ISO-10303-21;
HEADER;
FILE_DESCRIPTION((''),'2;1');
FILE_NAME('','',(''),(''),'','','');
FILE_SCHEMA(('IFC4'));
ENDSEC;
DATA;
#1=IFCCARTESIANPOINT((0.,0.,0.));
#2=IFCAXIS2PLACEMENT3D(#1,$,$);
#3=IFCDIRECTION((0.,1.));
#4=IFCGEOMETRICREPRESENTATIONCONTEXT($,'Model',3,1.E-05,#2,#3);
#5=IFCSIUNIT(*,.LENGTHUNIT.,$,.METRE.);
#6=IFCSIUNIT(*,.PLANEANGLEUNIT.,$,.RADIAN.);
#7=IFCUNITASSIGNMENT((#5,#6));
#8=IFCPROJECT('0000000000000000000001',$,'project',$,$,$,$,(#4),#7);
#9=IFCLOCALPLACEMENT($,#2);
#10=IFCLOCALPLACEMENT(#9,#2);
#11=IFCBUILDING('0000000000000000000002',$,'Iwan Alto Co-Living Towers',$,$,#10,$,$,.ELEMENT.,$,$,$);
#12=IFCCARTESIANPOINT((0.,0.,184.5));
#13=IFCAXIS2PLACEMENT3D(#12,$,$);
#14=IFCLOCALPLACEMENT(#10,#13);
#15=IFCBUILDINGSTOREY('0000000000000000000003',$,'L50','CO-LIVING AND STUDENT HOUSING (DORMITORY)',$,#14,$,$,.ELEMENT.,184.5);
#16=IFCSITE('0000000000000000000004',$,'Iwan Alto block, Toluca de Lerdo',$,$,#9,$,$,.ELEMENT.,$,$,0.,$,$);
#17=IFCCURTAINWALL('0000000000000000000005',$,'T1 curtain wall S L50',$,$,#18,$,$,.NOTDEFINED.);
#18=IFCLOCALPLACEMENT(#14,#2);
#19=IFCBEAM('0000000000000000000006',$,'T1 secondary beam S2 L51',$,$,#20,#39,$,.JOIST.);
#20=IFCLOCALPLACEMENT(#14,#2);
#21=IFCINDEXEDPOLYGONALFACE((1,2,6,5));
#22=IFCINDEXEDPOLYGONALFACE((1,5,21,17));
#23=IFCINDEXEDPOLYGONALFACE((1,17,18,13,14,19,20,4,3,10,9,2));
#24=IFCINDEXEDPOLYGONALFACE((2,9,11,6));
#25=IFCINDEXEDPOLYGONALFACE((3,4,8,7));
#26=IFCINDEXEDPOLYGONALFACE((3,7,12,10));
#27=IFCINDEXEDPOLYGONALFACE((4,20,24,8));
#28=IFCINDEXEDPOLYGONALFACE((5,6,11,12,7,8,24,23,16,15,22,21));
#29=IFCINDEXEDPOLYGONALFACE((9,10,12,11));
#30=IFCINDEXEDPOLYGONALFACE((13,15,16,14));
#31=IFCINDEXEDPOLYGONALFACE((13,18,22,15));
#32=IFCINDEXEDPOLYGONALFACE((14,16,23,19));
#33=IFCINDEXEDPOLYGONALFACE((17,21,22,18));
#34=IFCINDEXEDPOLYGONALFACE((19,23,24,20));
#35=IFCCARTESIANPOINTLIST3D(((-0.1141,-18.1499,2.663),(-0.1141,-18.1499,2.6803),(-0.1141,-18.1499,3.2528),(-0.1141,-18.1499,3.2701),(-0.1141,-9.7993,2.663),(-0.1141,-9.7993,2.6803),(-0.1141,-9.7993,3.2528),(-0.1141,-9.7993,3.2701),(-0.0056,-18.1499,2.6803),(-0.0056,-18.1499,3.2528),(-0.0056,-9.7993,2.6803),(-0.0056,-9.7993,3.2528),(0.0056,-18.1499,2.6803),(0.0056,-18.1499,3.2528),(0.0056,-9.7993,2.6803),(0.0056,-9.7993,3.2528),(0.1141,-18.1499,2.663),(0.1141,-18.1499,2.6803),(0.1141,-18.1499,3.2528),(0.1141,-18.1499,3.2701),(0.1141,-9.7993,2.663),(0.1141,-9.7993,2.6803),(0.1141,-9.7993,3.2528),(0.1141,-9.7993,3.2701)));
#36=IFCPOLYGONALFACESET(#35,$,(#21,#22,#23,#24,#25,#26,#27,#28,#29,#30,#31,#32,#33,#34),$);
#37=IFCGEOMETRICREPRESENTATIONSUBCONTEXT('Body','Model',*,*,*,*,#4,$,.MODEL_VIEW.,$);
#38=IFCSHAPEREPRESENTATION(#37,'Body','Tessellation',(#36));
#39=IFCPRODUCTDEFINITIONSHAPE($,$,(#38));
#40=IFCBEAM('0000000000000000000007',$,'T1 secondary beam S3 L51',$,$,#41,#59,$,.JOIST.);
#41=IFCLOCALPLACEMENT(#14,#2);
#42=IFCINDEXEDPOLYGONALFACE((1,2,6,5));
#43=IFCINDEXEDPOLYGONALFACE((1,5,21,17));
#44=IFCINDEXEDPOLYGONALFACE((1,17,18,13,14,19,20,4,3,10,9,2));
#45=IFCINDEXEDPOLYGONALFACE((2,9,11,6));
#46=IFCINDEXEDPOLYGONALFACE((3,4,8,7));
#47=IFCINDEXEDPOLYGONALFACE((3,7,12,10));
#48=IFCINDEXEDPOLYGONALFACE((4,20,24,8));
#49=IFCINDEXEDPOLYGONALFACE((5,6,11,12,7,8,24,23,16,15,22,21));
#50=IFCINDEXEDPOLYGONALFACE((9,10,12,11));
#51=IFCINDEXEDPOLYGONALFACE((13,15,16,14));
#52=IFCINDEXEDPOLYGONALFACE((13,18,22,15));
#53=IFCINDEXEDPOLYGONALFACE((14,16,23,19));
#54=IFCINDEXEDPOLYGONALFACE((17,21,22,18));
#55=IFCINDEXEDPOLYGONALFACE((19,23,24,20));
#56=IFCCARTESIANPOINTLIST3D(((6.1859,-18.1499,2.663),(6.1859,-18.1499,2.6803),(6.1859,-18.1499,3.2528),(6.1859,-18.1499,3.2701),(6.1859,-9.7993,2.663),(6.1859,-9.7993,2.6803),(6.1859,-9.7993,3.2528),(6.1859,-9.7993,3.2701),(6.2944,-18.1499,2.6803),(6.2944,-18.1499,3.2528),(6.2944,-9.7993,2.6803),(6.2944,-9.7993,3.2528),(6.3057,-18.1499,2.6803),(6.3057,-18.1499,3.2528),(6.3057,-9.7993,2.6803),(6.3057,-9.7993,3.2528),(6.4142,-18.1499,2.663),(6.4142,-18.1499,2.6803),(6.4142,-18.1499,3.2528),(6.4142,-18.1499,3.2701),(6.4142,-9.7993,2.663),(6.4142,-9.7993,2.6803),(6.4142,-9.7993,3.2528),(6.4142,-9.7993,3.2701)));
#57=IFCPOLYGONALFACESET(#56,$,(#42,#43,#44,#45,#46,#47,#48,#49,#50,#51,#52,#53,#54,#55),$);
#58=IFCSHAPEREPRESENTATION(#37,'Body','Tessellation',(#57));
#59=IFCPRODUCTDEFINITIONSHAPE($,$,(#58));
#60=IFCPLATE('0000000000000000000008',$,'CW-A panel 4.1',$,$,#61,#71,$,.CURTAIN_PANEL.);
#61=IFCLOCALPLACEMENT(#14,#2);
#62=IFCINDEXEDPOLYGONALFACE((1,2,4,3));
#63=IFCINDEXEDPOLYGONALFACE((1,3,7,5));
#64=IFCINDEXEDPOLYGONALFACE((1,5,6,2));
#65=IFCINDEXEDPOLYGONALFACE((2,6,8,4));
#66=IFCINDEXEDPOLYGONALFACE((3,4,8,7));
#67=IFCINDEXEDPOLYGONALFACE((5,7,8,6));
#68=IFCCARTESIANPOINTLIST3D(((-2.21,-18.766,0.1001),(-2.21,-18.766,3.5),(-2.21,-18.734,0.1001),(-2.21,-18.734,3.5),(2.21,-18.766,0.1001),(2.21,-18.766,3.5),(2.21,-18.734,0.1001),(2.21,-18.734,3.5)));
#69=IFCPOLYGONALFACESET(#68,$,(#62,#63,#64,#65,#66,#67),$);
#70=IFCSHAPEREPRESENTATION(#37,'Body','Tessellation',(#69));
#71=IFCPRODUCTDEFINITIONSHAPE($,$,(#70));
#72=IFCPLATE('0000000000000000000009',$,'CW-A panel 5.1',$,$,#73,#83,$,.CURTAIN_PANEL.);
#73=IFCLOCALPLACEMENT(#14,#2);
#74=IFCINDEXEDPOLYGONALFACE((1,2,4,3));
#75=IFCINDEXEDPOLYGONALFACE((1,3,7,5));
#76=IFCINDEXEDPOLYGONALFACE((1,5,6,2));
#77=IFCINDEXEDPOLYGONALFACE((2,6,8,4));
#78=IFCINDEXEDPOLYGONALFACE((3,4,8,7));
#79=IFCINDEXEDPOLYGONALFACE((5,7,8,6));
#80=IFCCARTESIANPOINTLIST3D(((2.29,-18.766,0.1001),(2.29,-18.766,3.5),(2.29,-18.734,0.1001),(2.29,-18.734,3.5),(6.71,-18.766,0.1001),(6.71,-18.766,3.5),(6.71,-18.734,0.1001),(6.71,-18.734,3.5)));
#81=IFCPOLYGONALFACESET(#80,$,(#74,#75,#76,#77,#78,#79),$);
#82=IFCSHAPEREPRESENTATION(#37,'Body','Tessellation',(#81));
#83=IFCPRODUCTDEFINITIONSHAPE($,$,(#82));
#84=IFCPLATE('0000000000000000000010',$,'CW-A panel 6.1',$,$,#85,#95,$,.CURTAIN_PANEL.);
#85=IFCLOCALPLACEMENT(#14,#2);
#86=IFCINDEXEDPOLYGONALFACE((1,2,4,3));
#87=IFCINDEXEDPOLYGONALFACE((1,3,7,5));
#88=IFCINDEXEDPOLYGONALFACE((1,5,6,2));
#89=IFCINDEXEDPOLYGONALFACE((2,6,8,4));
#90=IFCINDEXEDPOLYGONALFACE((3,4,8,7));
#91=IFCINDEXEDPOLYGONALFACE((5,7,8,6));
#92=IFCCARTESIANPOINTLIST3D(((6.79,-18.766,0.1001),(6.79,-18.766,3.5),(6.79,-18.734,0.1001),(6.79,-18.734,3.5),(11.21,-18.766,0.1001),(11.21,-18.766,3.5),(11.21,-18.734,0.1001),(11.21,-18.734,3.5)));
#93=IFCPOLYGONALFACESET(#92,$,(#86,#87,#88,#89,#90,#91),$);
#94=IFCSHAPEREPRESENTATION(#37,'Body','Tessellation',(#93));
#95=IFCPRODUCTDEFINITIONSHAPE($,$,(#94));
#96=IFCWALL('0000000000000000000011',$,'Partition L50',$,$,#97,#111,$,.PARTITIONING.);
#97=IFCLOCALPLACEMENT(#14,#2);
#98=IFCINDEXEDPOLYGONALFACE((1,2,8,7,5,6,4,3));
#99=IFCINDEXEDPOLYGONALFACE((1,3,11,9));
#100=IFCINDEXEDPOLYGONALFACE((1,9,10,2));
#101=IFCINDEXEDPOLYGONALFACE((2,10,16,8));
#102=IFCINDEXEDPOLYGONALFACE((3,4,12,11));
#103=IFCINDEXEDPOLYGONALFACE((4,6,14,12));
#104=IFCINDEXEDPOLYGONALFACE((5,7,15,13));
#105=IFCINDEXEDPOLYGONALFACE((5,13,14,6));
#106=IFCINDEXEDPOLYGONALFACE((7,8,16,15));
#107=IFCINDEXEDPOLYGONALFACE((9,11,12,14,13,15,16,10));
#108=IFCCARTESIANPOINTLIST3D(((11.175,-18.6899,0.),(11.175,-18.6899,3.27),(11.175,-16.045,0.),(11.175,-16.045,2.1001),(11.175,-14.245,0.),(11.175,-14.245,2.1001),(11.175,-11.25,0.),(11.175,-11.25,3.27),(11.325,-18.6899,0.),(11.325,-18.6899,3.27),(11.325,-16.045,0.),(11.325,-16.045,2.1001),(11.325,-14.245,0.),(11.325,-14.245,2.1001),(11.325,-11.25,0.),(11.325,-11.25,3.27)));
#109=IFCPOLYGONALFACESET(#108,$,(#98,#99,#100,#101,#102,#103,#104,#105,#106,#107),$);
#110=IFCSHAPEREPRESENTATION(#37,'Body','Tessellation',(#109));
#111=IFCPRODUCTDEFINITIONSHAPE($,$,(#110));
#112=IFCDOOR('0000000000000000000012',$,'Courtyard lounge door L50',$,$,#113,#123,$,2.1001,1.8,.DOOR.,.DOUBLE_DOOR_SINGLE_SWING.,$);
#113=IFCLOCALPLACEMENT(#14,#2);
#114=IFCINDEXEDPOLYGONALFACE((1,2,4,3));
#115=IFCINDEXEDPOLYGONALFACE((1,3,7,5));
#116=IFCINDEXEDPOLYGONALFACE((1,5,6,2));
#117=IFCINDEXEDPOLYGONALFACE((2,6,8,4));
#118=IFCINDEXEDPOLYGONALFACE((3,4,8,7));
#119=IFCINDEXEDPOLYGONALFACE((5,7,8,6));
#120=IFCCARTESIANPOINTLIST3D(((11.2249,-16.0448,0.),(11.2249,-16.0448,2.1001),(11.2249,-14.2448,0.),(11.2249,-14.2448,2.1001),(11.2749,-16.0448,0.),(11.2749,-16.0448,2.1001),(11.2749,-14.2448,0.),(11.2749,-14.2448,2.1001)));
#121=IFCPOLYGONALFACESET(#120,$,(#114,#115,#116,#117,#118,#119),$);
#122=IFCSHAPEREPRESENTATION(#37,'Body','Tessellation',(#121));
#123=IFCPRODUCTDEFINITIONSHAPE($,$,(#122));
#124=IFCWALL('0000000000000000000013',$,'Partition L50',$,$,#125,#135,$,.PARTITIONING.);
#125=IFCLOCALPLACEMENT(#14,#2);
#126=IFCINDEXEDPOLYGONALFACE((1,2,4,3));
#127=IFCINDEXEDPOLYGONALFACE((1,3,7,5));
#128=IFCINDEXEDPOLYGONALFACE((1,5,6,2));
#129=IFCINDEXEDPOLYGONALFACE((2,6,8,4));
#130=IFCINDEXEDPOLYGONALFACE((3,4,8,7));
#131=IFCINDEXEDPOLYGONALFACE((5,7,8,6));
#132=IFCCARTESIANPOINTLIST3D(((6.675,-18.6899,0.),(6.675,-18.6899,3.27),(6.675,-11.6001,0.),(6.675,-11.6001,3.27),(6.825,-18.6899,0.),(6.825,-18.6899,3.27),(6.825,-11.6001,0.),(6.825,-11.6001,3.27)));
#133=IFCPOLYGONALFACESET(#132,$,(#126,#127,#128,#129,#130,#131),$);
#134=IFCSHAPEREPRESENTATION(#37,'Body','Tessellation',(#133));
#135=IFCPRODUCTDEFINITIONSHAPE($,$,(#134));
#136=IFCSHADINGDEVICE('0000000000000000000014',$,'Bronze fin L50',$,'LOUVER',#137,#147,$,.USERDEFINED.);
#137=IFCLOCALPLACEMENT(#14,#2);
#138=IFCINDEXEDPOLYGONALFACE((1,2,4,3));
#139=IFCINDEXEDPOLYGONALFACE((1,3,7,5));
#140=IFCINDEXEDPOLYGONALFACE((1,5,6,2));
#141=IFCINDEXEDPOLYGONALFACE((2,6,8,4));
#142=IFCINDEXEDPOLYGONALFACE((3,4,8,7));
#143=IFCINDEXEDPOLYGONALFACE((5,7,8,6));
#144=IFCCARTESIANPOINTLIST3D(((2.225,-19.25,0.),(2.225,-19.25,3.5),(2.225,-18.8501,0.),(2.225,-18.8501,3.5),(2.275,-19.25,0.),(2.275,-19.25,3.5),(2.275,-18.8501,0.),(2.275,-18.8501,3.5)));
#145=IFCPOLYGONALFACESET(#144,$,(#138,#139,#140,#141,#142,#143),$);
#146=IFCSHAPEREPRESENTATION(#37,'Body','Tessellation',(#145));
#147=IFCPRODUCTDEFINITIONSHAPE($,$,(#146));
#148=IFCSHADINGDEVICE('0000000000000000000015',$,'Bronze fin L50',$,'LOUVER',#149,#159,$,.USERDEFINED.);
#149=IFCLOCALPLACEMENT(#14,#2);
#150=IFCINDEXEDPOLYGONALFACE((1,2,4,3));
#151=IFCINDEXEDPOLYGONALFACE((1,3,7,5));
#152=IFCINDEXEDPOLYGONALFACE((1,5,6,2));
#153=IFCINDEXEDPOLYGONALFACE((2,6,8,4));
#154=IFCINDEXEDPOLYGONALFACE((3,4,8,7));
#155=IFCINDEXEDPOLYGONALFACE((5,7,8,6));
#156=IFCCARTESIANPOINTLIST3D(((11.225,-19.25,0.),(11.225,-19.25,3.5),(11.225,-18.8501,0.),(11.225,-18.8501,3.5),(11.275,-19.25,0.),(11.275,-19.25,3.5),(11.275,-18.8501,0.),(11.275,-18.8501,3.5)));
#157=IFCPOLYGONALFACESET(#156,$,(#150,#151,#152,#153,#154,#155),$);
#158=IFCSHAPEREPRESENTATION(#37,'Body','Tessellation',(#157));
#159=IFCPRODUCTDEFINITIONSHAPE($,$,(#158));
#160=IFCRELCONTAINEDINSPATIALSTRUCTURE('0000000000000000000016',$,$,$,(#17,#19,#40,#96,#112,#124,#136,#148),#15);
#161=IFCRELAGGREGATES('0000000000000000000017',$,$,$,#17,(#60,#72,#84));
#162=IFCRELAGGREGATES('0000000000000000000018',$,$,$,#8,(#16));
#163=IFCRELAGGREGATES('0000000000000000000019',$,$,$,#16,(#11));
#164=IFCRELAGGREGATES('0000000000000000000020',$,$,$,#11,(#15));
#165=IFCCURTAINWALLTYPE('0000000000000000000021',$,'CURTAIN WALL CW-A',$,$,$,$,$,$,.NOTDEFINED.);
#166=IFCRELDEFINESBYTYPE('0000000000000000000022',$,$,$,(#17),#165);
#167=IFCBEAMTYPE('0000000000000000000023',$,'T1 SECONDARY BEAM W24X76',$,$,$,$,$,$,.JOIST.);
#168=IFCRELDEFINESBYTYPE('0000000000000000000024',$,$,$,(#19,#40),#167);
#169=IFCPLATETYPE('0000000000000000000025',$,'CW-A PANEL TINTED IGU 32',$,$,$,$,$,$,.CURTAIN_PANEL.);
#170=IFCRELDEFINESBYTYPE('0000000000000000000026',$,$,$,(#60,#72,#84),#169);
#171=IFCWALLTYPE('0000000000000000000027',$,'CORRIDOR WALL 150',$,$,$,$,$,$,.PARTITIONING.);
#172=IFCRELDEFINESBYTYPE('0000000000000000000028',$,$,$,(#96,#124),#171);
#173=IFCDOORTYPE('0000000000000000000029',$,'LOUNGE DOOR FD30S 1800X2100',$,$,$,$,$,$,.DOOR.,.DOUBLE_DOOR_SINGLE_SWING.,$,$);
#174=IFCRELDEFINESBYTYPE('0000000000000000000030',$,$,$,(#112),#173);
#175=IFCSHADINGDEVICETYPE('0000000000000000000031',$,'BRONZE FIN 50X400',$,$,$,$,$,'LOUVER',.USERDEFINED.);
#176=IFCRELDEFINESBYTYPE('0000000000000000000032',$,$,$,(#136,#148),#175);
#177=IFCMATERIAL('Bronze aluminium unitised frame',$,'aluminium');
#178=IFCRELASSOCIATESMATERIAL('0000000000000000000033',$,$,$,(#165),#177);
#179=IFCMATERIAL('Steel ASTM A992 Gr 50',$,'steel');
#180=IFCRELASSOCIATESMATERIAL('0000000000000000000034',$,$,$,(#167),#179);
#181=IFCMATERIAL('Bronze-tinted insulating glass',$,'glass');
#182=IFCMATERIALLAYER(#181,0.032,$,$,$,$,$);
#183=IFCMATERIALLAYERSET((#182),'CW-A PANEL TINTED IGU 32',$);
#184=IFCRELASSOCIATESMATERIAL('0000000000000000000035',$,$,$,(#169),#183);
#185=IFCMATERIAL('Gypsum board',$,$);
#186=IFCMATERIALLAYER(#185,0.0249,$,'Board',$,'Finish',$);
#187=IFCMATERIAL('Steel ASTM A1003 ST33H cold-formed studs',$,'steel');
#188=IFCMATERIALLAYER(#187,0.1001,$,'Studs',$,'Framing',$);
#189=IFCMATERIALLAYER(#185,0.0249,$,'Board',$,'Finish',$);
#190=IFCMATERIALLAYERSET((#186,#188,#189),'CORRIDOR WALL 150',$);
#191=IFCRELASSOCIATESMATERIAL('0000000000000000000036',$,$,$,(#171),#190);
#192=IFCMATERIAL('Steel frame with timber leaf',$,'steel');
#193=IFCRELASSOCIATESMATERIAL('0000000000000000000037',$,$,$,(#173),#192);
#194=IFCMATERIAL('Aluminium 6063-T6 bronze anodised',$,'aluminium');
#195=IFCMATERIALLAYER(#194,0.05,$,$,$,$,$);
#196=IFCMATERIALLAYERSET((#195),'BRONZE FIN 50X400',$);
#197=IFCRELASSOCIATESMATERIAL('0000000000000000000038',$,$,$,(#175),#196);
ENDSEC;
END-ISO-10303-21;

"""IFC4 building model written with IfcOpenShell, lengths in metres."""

from ifc_helpers import new_model, si_unit, direction, frame, frame_2d, origin, origin_2d, place, context, subcontext, project, spatial, rectangle, i_section, extrude, material, layer, layer_set, material_profile, profile_set, type_object, element, fill, aggregate, save


model = new_model("IFC4")

# Units and contexts
model_context = context("Model", 3, precision=1e-05, world=origin(), true_north=direction((0.0, 1.0)))
body_context = subcontext(model_context, "Body", "Model", "MODEL_VIEW")
ifc_project = project(units=[si_unit("LENGTHUNIT", "METRE"), si_unit("PLANEANGLEUNIT", "RADIAN")], contexts=[model_context])

# Site, building, storey
site_placement = place(None, origin())
site = spatial("IfcSite", under=ifc_project, at=site_placement, Name="Iwan Alto block, Toluca de Lerdo", CompositionType="ELEMENT", RefElevation=0.0)
building_placement = place(site_placement, origin())
building = spatial("IfcBuilding", under=site, at=building_placement, Name="Iwan Alto Co-Living Towers", CompositionType="ELEMENT")
storey_placement = place(building_placement, frame((0.0, 0.0, 184.5)))
storey = spatial("IfcBuildingStorey", under=building, at=storey_placement, Name="L50", Description="CO-LIVING AND STUDENT HOUSING (DORMITORY)", CompositionType="ELEMENT", Elevation=184.5)

# Curtain wall
ifc_material_1 = material(Name="Bronze aluminium unitised frame", Category="aluminium")
curtain_wall_type = type_object("IfcCurtainWallType", Name="CURTAIN WALL CW-A", PredefinedType="NOTDEFINED", material=ifc_material_1)
curtain_wall_placement = place(storey_placement, origin())
curtain_wall = element("IfcCurtainWall", 1, at=curtain_wall_placement, inside=storey, type_object=curtain_wall_type, Name="T1 curtain wall S L50", PredefinedType="NOTDEFINED")

# Beams
ifc_material_2 = material(Name="Steel ASTM A992 Gr 50", Category="steel")
ifc_material_profile_1 = material_profile(ifc_material_2, i_section(OverallWidth=0.2283, OverallDepth=0.6072, WebThickness=0.0112, FlangeThickness=0.0173, at=origin_2d()), Name="W24X76")
ifc_profile_set_1 = profile_set([ifc_material_profile_1], Name="Steel ASTM A992 Gr 50")
beam_type_1 = type_object("IfcBeamType", Name="T1 SECONDARY BEAM W24X76", PredefinedType="JOIST", material=ifc_profile_set_1)
for number, where, z_axis, x_axis, name in (
    (2, (0.0, -18.1499, 2.9666), (0.0, 1.0, 0.0), (-1.0, 0.0, 0.0), "T1 secondary beam S2 L51"),
    (3, (6.3, -18.1499, 2.9666), (0.0, 1.0, 0.0), (-1.0, 0.0, 0.0), "T1 secondary beam S3 L51"),
):
    element("IfcBeam", number, at=place(storey_placement, frame(where, z_axis=z_axis, x_axis=x_axis)), inside=storey, type_object=beam_type_1, Name=name, PredefinedType="JOIST", context=body_context, shape_type="SweptSolid", body=[
        extrude(i_section(OverallWidth=0.2283, OverallDepth=0.6072, WebThickness=0.0112, FlangeThickness=0.0173, at=origin_2d()), origin(), (0.0, 0.0, 1.0), 8.3506),
    ])

# Plates
ifc_material_3 = material(Name="Bronze-tinted insulating glass", Category="glass")
ifc_layer_1 = layer(ifc_material_3, 0.032)
ifc_layer_set_1 = layer_set([ifc_layer_1], Name="CW-A PANEL TINTED IGU 32")
plate_type = type_object("IfcPlateType", Name="CW-A PANEL TINTED IGU 32", PredefinedType="CURTAIN_PANEL", material=ifc_layer_set_1)
plate_1_placement = place(storey_placement, frame((0.0, -18.75, 0.1001), z_axis=(0.0, 0.0, 1.0), x_axis=(1.0, 0.0, 0.0)))
plate_1 = element("IfcPlate", 4, at=plate_1_placement, type_object=plate_type, Name="CW-A panel 4.1", PredefinedType="CURTAIN_PANEL", context=body_context, shape_type="SweptSolid", body=[
    extrude(rectangle(XDim=4.4199, YDim=0.032, at=origin_2d()), origin(), (0.0, 0.0, 1.0), 3.3999),
])
plate_2_placement = place(storey_placement, frame((4.5, -18.75, 0.1001), z_axis=(0.0, 0.0, 1.0), x_axis=(1.0, 0.0, 0.0)))
plate_2 = element("IfcPlate", 5, at=plate_2_placement, type_object=plate_type, Name="CW-A panel 5.1", PredefinedType="CURTAIN_PANEL", context=body_context, shape_type="SweptSolid", body=[
    extrude(rectangle(XDim=4.4199, YDim=0.032, at=origin_2d()), origin(), (0.0, 0.0, 1.0), 3.3999),
])
plate_3_placement = place(storey_placement, frame((9.0, -18.75, 0.1001), z_axis=(0.0, 0.0, 1.0), x_axis=(1.0, 0.0, 0.0)))
plate_3 = element("IfcPlate", 6, at=plate_3_placement, type_object=plate_type, Name="CW-A panel 6.1", PredefinedType="CURTAIN_PANEL", context=body_context, shape_type="SweptSolid", body=[
    extrude(rectangle(XDim=4.4199, YDim=0.032, at=origin_2d()), origin(), (0.0, 0.0, 1.0), 3.3999),
])
aggregate(curtain_wall, [plate_1, plate_2, plate_3])

# Wall, opening, door
ifc_material_4 = material(Name="Gypsum board")
ifc_layer_2 = layer(ifc_material_4, 0.0249, Name="Board", Category="Finish")
ifc_material_5 = material(Name="Steel ASTM A1003 ST33H cold-formed studs", Category="steel")
ifc_layer_3 = layer(ifc_material_5, 0.1001, Name="Studs", Category="Framing")
ifc_layer_4 = layer(ifc_material_4, 0.0249, Name="Board", Category="Finish")
ifc_layer_set_2 = layer_set([ifc_layer_2, ifc_layer_3, ifc_layer_4], Name="CORRIDOR WALL 150")
wall_type = type_object("IfcWallType", Name="CORRIDOR WALL 150", PredefinedType="PARTITIONING", material=ifc_layer_set_2)
wall_1_placement = place(storey_placement, frame((11.25, -18.6899, 0.0), z_axis=(0.0, 0.0, 1.0), x_axis=(0.0, 1.0, 0.0)))
wall_1 = element("IfcWall", 7, at=wall_1_placement, inside=storey, type_object=wall_type, Name="Partition L50", PredefinedType="PARTITIONING", context=body_context, shape_type="SweptSolid", body=[
    extrude(rectangle(XDim=7.4399, YDim=0.1499, at=frame_2d((3.72, 0.0))), origin(), (0.0, 0.0, 1.0), 3.27),
])
opening_placement = place(wall_1_placement, frame((2.645, 0.0, 0.0)))
opening = element("IfcOpeningElement", 8, at=opening_placement, cuts=wall_1, PredefinedType="OPENING", context=body_context, shape_type="SweptSolid", body=[
    extrude(rectangle(XDim=1.8, YDim=2.1001, at=frame_2d((0.8999, 1.05))), frame((0.0, 0.085, 0.0), z_axis=(0.0, -1.0, 0.0), x_axis=(1.0, 0.0, 0.0)), (0.0, 0.0, 1.0), 0.1699),
])
ifc_material_6 = material(Name="Steel frame with timber leaf", Category="steel")
door_type = type_object("IfcDoorType", Name="LOUNGE DOOR FD30S 1800X2100", OperationType="DOUBLE_DOOR_SINGLE_SWING", PredefinedType="DOOR", material=ifc_material_6)
door_placement = place(opening_placement, frame((1.8, 0.0, 0.0), z_axis=(0.0, 0.0, 1.0), x_axis=(-1.0, 0.0, 0.0)))
door = element("IfcDoor", 9, at=door_placement, inside=storey, type_object=door_type, Name="Courtyard lounge door L50", OperationType="DOUBLE_DOOR_SINGLE_SWING", OverallHeight=2.1001, OverallWidth=1.8, PredefinedType="DOOR", context=body_context, shape_type="SweptSolid", body=[
    extrude(rectangle(XDim=1.8, YDim=2.1001, at=frame_2d((0.8999, 1.05))), frame((0.0, 0.0249, 0.0), z_axis=(0.0, -1.0, 0.0), x_axis=(1.0, 0.0, 0.0)), (0.0, 0.0, 1.0), 0.05),
])
fill(opening, door)

# Wall
wall_2_placement = place(storey_placement, frame((6.75, -18.6899, 0.0), z_axis=(0.0, 0.0, 1.0), x_axis=(0.0, 1.0, 0.0)))
element("IfcWall", 10, at=wall_2_placement, inside=storey, type_object=wall_type, Name="Partition L50", PredefinedType="PARTITIONING", context=body_context, shape_type="SweptSolid", body=[
    extrude(rectangle(XDim=7.0898, YDim=0.1499, at=frame_2d((3.5449, 0.0))), origin(), (0.0, 0.0, 1.0), 3.27),
])

# Shading devices
ifc_material_7 = material(Name="Aluminium 6063-T6 bronze anodised", Category="aluminium")
ifc_layer_5 = layer(ifc_material_7, 0.05)
ifc_layer_set_3 = layer_set([ifc_layer_5], Name="BRONZE FIN 50X400")
shading_device_type = type_object("IfcShadingDeviceType", Name="BRONZE FIN 50X400", ElementType="LOUVER", PredefinedType="USERDEFINED", material=ifc_layer_set_3)
for number, where, z_axis, x_axis, name in (
    (11, (2.25, -19.05, 0.0), (0.0, 0.0, 1.0), (1.0, 0.0, 0.0), "Bronze fin L50"),
    (12, (11.25, -19.05, 0.0), (0.0, 0.0, 1.0), (1.0, 0.0, 0.0), "Bronze fin L50"),
):
    element("IfcShadingDevice", number, at=place(storey_placement, frame(where, z_axis=z_axis, x_axis=x_axis)), inside=storey, type_object=shading_device_type, Name=name, ObjectType="LOUVER", PredefinedType="USERDEFINED", context=body_context, shape_type="SweptSolid", body=[
        extrude(rectangle(XDim=0.05, YDim=0.3999, at=origin_2d()), origin(), (0.0, 0.0, 1.0), 3.5),
    ])

save(model, "model.ifc")
